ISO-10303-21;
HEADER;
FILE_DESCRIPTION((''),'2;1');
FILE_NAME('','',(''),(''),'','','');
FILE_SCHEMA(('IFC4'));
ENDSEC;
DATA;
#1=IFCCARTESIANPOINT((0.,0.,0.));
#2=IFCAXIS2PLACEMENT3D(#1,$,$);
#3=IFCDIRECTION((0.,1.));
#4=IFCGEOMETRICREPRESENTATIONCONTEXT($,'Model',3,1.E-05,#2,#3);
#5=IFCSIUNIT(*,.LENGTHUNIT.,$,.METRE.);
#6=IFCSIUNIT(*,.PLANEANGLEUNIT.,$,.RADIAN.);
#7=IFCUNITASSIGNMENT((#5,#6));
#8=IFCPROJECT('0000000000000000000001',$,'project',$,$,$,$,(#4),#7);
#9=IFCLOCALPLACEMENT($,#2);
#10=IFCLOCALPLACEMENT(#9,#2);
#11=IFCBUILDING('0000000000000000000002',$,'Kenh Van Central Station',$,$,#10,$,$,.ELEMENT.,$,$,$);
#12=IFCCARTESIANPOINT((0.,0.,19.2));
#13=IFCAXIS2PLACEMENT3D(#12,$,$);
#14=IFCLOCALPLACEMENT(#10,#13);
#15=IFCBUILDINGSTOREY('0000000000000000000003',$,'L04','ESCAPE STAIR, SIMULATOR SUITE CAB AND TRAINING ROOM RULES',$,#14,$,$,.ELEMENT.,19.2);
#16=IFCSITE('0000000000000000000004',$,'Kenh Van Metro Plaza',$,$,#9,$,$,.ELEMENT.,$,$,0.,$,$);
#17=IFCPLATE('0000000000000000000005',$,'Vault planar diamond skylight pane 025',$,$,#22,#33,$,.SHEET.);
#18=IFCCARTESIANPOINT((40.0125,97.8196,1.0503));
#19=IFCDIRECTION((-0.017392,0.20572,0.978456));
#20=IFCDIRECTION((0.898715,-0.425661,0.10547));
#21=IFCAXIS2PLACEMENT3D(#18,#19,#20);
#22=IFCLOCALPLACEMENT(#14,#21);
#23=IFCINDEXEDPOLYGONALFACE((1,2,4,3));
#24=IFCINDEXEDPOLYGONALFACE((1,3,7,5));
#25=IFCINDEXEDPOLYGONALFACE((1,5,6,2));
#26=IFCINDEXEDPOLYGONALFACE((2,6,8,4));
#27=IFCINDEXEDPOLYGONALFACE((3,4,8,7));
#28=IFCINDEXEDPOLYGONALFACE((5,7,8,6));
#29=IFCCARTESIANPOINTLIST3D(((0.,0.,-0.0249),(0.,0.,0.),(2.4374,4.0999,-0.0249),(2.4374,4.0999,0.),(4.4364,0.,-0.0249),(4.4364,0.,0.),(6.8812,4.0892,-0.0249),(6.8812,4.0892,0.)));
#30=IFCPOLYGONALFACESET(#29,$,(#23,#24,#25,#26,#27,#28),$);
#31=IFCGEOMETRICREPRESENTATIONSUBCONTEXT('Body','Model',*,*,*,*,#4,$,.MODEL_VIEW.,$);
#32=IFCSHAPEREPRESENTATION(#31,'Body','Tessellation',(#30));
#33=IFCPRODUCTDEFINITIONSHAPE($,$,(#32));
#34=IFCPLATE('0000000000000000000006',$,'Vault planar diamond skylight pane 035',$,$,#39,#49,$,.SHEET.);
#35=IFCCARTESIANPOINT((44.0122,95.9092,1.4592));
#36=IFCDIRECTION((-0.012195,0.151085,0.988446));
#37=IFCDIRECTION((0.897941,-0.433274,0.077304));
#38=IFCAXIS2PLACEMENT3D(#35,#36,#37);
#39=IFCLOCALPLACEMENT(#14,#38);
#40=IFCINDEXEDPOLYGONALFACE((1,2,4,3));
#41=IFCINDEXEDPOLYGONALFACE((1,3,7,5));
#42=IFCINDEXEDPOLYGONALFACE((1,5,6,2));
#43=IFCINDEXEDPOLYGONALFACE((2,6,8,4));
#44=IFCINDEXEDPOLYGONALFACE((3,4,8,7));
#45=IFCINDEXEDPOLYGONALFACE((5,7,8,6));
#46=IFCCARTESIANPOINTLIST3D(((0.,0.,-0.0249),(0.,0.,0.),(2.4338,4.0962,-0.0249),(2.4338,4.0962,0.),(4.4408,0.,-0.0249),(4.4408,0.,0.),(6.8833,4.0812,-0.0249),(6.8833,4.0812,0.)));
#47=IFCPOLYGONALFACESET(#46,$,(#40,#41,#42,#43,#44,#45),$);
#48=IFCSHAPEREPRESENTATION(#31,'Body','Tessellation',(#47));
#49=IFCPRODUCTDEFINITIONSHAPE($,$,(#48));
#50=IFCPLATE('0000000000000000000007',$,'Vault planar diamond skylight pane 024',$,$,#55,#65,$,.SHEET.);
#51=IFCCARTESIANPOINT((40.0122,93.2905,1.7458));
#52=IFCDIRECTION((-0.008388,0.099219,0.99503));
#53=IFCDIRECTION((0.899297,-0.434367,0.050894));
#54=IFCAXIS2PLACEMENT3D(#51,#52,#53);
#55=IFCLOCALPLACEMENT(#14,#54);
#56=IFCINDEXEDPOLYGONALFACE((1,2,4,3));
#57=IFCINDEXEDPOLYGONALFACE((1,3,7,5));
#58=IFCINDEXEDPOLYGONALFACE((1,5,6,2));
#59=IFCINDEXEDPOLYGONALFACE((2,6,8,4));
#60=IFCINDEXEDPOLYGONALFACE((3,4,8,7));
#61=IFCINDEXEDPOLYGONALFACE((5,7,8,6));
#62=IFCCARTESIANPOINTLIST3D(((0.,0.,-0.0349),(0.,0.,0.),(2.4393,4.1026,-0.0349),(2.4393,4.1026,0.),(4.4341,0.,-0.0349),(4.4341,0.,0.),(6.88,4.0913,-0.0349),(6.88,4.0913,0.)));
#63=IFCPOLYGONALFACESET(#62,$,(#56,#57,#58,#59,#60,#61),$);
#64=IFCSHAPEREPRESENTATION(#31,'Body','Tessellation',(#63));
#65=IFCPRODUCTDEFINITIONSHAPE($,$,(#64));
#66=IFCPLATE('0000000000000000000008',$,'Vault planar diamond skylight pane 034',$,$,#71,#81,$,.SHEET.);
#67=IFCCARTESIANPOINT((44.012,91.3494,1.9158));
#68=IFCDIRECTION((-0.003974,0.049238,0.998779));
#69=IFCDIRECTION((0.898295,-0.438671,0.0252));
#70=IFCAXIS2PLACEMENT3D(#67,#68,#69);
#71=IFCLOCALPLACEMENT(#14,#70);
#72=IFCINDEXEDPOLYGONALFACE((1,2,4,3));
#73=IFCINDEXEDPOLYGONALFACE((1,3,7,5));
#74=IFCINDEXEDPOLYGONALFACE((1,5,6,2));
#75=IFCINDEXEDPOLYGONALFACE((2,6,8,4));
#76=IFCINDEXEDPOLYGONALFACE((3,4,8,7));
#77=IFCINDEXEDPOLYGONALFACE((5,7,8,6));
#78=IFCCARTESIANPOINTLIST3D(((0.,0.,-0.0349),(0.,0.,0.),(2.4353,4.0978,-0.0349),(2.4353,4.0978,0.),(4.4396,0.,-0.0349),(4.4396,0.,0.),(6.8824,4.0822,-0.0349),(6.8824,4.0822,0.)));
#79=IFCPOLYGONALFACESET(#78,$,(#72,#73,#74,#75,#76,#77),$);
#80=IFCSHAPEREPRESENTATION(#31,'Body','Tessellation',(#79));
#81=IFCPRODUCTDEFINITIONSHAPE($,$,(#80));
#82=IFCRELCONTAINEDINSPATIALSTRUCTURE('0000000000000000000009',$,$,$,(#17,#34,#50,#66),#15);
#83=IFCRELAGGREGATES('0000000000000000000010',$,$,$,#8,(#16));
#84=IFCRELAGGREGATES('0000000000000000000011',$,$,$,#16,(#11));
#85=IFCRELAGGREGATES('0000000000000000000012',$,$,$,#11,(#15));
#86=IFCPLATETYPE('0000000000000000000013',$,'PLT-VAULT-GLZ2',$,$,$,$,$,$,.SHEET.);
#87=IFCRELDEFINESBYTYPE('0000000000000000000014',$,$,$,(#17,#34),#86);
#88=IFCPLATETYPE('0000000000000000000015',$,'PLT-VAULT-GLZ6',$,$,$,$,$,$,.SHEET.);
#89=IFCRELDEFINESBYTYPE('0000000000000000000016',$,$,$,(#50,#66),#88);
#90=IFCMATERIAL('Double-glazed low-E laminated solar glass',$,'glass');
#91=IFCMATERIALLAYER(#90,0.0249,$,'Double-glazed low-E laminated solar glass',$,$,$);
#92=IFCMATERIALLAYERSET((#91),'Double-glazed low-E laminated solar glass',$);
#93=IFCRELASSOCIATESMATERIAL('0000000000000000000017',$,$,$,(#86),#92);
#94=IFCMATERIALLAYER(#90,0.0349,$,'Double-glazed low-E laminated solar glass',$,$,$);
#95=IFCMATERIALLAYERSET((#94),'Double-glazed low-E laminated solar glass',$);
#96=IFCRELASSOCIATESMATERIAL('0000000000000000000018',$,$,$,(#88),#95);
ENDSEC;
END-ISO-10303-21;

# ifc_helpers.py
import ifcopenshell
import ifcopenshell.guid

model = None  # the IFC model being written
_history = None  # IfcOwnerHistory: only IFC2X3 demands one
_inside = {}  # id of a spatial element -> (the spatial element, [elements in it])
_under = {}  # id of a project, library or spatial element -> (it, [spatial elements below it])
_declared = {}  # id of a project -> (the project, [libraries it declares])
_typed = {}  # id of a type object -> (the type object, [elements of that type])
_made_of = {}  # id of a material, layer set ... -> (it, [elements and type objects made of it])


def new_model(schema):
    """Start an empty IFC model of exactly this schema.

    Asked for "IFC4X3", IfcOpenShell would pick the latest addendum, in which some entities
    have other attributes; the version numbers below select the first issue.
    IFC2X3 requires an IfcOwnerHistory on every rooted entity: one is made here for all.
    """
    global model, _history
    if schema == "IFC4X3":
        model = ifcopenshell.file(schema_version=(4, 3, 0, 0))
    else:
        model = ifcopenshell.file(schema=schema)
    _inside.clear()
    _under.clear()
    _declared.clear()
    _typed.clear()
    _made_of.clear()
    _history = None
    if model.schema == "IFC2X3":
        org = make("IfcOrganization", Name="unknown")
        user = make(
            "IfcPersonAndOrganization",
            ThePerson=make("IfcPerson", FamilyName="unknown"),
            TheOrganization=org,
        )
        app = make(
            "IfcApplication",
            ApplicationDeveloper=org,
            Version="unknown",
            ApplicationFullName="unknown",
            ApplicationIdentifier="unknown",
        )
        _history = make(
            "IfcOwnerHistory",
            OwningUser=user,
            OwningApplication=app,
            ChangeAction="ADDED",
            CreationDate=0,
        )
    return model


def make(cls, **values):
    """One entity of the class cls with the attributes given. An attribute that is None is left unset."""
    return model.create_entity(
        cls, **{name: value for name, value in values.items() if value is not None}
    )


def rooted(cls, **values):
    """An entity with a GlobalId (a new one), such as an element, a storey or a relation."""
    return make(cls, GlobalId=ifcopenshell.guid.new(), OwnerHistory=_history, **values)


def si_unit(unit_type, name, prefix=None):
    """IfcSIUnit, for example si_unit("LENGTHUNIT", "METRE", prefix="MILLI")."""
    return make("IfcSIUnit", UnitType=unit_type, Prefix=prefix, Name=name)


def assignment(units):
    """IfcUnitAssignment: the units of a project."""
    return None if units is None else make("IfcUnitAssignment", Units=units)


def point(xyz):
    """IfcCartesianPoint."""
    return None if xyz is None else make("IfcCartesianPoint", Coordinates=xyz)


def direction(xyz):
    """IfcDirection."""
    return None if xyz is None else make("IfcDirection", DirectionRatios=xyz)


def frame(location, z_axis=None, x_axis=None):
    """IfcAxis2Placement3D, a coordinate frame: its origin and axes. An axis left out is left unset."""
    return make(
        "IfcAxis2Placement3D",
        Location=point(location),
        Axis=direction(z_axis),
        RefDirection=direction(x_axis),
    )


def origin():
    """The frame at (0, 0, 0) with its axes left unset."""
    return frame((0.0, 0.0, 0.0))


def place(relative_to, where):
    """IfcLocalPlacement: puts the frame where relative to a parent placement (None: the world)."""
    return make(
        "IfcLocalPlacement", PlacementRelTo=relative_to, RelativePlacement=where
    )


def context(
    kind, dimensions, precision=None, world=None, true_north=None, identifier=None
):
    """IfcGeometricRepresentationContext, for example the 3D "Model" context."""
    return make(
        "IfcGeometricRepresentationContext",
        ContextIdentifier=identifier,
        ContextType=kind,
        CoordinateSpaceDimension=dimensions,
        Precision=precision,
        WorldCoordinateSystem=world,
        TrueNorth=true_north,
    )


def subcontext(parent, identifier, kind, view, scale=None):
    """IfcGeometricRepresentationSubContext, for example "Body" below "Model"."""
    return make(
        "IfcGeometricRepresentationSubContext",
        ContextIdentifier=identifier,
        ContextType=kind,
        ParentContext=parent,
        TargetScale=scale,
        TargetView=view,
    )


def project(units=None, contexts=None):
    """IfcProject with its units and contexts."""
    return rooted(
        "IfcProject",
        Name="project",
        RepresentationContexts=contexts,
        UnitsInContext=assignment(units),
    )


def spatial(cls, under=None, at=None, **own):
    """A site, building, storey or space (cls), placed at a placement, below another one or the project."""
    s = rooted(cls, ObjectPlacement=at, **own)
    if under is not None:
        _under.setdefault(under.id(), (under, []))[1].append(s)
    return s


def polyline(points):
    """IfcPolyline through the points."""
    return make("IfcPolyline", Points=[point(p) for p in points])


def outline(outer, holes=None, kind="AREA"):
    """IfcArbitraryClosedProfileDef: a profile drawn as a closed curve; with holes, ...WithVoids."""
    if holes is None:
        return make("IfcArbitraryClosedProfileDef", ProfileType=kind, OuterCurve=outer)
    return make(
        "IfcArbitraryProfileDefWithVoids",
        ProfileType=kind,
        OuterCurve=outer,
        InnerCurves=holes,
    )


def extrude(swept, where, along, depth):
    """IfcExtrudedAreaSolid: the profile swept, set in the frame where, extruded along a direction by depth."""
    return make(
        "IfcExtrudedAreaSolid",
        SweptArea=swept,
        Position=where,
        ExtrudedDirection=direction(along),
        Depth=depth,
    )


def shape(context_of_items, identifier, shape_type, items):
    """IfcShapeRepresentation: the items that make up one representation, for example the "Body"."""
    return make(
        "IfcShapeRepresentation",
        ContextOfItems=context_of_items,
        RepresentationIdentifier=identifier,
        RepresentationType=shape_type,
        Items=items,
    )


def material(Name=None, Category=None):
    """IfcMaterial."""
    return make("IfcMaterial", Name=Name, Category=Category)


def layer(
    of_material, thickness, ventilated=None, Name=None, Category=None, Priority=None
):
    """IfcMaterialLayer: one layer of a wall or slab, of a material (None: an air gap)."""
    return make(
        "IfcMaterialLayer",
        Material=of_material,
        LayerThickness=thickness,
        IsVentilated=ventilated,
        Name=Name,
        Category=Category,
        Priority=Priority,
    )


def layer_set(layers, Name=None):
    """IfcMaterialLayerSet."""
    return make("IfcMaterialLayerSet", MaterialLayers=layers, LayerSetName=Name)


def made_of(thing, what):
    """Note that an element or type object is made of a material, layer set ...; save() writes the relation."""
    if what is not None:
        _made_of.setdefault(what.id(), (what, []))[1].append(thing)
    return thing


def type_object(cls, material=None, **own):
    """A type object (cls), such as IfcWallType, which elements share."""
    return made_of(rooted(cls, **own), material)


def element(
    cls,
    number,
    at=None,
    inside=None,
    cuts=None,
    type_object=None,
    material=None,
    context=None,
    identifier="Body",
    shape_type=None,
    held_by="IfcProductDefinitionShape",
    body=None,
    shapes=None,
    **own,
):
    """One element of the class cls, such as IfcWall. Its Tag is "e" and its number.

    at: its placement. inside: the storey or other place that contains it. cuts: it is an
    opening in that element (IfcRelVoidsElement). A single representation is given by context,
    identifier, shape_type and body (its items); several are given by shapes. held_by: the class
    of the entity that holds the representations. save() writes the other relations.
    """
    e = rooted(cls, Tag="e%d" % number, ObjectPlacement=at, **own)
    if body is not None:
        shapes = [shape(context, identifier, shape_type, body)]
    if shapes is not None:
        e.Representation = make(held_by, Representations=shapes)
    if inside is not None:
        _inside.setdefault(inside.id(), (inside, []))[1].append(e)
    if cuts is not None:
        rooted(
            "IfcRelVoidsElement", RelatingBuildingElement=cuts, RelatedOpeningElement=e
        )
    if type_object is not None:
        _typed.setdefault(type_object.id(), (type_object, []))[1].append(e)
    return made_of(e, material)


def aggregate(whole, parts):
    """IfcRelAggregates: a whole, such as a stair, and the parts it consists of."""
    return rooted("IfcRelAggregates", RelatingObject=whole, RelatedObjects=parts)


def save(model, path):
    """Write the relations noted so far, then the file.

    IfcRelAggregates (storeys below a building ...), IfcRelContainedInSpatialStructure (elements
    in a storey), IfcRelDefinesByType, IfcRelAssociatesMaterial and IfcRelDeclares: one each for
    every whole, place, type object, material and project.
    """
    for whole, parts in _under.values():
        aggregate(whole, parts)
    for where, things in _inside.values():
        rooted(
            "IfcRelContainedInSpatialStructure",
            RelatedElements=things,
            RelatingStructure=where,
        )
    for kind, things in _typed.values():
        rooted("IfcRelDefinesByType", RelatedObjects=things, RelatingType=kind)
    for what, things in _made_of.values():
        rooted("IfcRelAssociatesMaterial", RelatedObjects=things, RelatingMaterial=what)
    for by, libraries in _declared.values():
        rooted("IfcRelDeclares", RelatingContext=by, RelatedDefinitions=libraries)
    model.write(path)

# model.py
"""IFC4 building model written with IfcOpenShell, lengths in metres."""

from ifc_helpers import new_model, si_unit, direction, frame, origin, place, context, subcontext, project, spatial, polyline, outline, extrude, material, layer, layer_set, type_object, element, save


model = new_model("IFC4")

# Units and contexts
model_context = context("Model", 3, precision=1e-05, world=origin(), true_north=direction((0.0, 1.0)))
body_context = subcontext(model_context, "Body", "Model", "MODEL_VIEW")
ifc_project = project(units=[si_unit("LENGTHUNIT", "METRE"), si_unit("PLANEANGLEUNIT", "RADIAN")], contexts=[model_context])

# Site, building, storey
site_placement = place(None, origin())
site = spatial("IfcSite", under=ifc_project, at=site_placement, Name="Kenh Van Metro Plaza", CompositionType="ELEMENT", RefElevation=0.0)
building_placement = place(site_placement, origin())
building = spatial("IfcBuilding", under=site, at=building_placement, Name="Kenh Van Central Station", CompositionType="ELEMENT")
storey_placement = place(building_placement, frame((0.0, 0.0, 19.2)))
storey = spatial("IfcBuildingStorey", under=building, at=storey_placement, Name="L04", Description="ESCAPE STAIR, SIMULATOR SUITE CAB AND TRAINING ROOM RULES", CompositionType="ELEMENT", Elevation=19.2)

# Plates
ifc_material_1 = material(Name="Double-glazed low-E laminated solar glass", Category="glass")
ifc_layer_1 = layer(ifc_material_1, 0.0249, Name="Double-glazed low-E laminated solar glass")
ifc_layer_set_1 = layer_set([ifc_layer_1], Name="Double-glazed low-E laminated solar glass")
plate_type_1 = type_object("IfcPlateType", Name="PLT-VAULT-GLZ2", PredefinedType="SHEET", material=ifc_layer_set_1)
plate_1_placement = place(storey_placement, frame((40.0125, 97.8196, 1.0503), z_axis=(-0.017392, 0.20572, 0.978456), x_axis=(0.898715, -0.425661, 0.10547)))
element("IfcPlate", 1, at=plate_1_placement, inside=storey, type_object=plate_type_1, Name="Vault planar diamond skylight pane 025", PredefinedType="SHEET", context=body_context, shape_type="SweptSolid", body=[
    extrude(outline(polyline([(0.0, 0.0), (4.4364, 0.0), (6.8812, 4.0892), (2.4374, 4.0999), (0.0, 0.0)])), origin(), (0.0, 0.0, -1.0), 0.0249),
])
plate_2_placement = place(storey_placement, frame((44.0122, 95.9092, 1.4592), z_axis=(-0.012195, 0.151085, 0.988446), x_axis=(0.897941, -0.433274, 0.077304)))
element("IfcPlate", 2, at=plate_2_placement, inside=storey, type_object=plate_type_1, Name="Vault planar diamond skylight pane 035", PredefinedType="SHEET", context=body_context, shape_type="SweptSolid", body=[
    extrude(outline(polyline([(0.0, 0.0), (4.4408, 0.0), (6.8833, 4.0812), (2.4338, 4.0962), (0.0, 0.0)])), origin(), (0.0, 0.0, -1.0), 0.0249),
])
ifc_layer_2 = layer(ifc_material_1, 0.0349, Name="Double-glazed low-E laminated solar glass")
ifc_layer_set_2 = layer_set([ifc_layer_2], Name="Double-glazed low-E laminated solar glass")
plate_type_2 = type_object("IfcPlateType", Name="PLT-VAULT-GLZ6", PredefinedType="SHEET", material=ifc_layer_set_2)
plate_3_placement = place(storey_placement, frame((40.0122, 93.2905, 1.7458), z_axis=(-0.008388, 0.099219, 0.99503), x_axis=(0.899297, -0.434367, 0.050894)))
element("IfcPlate", 3, at=plate_3_placement, inside=storey, type_object=plate_type_2, Name="Vault planar diamond skylight pane 024", PredefinedType="SHEET", context=body_context, shape_type="SweptSolid", body=[
    extrude(outline(polyline([(0.0, 0.0), (4.4341, 0.0), (6.88, 4.0913), (2.4393, 4.1026), (0.0, 0.0)])), origin(), (0.0, 0.0, -1.0), 0.0349),
])
plate_4_placement = place(storey_placement, frame((44.012, 91.3494, 1.9158), z_axis=(-0.003974, 0.049238, 0.998779), x_axis=(0.898295, -0.438671, 0.0252)))
element("IfcPlate", 4, at=plate_4_placement, inside=storey, type_object=plate_type_2, Name="Vault planar diamond skylight pane 034", PredefinedType="SHEET", context=body_context, shape_type="SweptSolid", body=[
    extrude(outline(polyline([(0.0, 0.0), (4.4396, 0.0), (6.8824, 4.0822), (2.4353, 4.0978), (0.0, 0.0)])), origin(), (0.0, 0.0, -1.0), 0.0349),
])

save(model, "model.ifc")
